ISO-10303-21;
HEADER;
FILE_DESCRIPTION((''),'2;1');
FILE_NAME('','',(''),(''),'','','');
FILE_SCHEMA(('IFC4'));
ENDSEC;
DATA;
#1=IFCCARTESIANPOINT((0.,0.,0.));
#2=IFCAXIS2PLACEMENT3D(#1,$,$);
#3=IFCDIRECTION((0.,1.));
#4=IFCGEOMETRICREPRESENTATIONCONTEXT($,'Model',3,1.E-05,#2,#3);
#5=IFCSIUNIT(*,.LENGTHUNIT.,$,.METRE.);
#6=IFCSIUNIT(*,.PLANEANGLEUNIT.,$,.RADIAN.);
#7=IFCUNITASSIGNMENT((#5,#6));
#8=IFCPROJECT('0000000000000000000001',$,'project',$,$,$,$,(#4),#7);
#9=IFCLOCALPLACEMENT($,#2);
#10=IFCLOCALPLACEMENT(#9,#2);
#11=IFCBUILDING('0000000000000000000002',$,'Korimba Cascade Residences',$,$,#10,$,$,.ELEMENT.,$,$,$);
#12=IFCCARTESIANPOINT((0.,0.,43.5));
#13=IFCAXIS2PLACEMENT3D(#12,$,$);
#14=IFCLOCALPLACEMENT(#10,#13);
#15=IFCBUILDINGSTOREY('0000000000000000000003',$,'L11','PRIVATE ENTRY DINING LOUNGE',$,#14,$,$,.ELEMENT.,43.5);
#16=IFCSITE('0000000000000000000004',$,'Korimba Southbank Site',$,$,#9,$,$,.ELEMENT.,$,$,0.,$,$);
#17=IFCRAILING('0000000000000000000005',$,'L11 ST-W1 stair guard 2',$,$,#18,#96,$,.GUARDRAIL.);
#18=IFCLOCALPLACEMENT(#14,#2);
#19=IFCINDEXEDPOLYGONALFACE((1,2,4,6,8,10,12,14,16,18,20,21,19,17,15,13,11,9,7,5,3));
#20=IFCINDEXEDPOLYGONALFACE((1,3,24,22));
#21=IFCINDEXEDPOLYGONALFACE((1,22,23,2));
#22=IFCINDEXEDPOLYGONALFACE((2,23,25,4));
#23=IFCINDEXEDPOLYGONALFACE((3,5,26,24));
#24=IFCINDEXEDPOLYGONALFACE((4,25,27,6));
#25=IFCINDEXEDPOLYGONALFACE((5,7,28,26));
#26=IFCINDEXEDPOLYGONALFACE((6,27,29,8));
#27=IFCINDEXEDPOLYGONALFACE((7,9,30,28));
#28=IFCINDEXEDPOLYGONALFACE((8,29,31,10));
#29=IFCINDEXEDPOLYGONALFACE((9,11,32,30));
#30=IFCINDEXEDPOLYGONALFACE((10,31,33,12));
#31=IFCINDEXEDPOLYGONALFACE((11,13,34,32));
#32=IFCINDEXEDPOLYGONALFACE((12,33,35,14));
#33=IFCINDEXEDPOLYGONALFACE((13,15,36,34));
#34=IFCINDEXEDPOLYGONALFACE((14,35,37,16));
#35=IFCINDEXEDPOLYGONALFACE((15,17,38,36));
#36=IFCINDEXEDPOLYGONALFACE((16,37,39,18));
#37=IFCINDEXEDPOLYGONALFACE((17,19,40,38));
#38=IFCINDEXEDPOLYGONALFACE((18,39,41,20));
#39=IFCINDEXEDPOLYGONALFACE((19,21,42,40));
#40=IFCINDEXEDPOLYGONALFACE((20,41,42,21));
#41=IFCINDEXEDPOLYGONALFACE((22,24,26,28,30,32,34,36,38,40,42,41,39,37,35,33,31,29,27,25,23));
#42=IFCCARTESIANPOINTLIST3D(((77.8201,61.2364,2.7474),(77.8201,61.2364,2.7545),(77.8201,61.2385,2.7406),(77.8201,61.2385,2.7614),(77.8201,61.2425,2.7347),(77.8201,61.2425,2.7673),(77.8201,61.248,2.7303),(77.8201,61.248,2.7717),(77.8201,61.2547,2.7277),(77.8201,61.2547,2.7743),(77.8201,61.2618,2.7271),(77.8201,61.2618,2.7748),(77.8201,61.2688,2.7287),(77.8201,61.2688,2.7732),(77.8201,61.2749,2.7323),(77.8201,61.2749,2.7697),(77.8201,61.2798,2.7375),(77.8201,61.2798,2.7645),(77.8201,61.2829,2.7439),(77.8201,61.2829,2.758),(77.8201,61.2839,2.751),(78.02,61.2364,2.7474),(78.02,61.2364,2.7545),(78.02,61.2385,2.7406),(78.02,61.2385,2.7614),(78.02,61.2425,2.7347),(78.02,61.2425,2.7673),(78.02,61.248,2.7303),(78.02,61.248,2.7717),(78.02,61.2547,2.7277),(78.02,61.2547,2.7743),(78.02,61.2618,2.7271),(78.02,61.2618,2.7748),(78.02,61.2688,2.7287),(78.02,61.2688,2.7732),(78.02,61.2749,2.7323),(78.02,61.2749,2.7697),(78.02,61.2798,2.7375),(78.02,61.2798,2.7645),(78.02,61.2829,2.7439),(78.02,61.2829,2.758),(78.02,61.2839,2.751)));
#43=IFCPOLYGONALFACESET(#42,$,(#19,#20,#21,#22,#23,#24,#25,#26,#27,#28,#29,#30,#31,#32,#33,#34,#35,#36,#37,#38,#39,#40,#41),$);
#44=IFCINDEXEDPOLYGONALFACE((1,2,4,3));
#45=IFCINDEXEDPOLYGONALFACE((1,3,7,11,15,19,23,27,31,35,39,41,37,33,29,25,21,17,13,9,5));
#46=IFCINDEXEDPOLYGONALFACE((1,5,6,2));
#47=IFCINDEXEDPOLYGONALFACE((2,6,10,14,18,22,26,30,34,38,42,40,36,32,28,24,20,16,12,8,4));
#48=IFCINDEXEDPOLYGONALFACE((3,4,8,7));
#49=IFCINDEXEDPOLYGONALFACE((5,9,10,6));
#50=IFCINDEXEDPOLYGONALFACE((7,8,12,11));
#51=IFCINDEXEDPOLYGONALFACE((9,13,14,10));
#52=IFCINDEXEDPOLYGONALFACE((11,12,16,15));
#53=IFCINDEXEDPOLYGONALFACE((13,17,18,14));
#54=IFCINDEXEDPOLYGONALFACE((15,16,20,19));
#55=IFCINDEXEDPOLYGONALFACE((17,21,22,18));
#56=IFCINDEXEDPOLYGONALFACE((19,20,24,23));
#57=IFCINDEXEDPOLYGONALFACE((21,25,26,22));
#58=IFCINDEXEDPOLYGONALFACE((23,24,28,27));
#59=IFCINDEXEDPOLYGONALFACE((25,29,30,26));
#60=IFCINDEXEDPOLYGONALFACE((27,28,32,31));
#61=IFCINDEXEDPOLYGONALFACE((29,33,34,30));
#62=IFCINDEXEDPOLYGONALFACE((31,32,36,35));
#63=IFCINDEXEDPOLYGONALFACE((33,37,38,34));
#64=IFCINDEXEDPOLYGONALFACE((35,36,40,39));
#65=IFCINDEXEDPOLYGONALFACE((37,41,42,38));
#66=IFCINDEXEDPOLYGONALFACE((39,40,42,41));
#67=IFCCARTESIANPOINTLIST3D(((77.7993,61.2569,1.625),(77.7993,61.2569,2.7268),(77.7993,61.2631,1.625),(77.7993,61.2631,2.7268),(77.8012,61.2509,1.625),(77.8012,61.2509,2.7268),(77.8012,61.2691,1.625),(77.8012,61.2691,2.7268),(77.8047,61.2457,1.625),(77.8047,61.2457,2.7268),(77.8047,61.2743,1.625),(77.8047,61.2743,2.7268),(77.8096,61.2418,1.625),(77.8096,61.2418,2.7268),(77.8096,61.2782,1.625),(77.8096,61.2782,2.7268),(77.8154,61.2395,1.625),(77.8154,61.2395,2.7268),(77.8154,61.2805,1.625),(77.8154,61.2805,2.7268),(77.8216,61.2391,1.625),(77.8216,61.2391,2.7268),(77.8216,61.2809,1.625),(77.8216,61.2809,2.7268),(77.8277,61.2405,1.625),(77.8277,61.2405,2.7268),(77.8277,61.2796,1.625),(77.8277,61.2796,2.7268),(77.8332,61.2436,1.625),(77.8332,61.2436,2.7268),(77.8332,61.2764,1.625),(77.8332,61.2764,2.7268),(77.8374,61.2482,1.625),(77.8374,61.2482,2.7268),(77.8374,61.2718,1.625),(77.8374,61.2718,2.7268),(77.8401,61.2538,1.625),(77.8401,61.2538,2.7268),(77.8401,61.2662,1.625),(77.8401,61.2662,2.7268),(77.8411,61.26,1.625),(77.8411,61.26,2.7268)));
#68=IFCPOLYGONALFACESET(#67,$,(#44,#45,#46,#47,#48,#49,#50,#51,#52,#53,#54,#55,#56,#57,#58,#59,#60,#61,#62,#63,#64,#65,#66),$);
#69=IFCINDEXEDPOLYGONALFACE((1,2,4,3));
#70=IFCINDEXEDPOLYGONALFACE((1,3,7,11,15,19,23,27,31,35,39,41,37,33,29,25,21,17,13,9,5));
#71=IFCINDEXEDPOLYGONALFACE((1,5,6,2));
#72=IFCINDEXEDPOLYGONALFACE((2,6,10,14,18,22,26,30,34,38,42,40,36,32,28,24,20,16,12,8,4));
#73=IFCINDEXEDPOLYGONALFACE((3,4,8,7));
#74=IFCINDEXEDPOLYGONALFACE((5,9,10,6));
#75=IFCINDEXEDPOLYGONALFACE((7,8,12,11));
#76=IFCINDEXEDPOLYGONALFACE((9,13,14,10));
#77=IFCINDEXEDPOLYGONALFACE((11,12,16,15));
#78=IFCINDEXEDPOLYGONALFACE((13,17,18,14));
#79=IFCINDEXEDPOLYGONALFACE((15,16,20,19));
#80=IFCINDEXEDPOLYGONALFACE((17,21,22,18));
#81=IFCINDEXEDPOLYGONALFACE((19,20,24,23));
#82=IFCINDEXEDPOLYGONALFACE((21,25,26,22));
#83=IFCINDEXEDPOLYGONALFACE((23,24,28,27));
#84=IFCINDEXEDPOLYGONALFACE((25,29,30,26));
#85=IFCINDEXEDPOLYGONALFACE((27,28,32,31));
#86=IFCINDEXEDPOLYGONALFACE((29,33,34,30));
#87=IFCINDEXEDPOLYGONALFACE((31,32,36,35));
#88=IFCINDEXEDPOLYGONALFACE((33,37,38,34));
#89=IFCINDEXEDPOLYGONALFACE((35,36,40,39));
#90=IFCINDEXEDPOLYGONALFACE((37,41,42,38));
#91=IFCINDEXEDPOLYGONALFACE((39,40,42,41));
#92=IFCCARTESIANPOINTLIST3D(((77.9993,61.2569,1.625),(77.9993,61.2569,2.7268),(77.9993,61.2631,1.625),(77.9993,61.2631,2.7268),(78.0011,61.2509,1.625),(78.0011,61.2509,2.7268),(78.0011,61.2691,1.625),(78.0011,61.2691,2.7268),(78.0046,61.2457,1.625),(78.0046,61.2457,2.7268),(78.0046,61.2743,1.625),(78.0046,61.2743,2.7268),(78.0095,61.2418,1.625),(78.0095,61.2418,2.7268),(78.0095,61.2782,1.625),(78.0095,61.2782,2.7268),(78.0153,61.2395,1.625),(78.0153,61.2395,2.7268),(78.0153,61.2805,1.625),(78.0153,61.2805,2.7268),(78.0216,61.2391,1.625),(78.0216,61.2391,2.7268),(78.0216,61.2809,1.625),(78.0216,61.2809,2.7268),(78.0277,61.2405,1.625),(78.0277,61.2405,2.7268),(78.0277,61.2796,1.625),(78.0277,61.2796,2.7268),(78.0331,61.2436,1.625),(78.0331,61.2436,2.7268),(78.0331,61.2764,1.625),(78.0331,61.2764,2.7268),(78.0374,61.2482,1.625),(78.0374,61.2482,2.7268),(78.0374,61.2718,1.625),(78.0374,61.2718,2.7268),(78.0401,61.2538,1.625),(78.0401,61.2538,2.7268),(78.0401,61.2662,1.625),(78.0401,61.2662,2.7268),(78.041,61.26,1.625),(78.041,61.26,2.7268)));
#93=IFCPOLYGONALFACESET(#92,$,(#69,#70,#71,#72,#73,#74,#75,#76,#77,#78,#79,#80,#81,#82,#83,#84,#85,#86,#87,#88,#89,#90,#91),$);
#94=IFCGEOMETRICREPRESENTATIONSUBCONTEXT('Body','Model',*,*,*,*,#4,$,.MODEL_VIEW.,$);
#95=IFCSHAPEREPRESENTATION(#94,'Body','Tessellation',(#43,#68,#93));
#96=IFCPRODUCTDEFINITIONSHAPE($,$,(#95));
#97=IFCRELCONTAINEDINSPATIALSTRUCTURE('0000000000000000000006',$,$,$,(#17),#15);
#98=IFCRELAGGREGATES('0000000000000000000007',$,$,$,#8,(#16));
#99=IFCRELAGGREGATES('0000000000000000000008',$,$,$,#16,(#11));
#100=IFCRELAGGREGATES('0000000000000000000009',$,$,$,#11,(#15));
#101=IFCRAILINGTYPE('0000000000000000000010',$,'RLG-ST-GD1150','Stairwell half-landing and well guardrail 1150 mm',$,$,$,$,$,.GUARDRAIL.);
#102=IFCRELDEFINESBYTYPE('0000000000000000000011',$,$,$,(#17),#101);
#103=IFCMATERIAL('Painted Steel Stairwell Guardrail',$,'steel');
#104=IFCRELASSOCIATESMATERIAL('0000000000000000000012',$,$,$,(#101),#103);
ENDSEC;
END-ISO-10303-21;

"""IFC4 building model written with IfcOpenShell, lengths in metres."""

from ifc_helpers import new_model, si_unit, direction, frame, origin, origin_2d, place, context, subcontext, project, spatial, circle, extrude, material, type_object, element, save


model = new_model("IFC4")

# Units and contexts
model_context = context("Model", 3, precision=1e-05, world=origin(), true_north=direction((0.0, 1.0)))
body_context = subcontext(model_context, "Body", "Model", "MODEL_VIEW")
ifc_project = project(units=[si_unit("LENGTHUNIT", "METRE"), si_unit("PLANEANGLEUNIT", "RADIAN")], contexts=[model_context])

# Site, building, storey
site_placement = place(None, origin())
site = spatial("IfcSite", under=ifc_project, at=site_placement, Name="Korimba Southbank Site", CompositionType="ELEMENT", RefElevation=0.0)
building_placement = place(site_placement, origin())
building = spatial("IfcBuilding", under=site, at=building_placement, Name="Korimba Cascade Residences", CompositionType="ELEMENT")
storey_placement = place(building_placement, frame((0.0, 0.0, 43.5)))
storey = spatial("IfcBuildingStorey", under=building, at=storey_placement, Name="L11", Description="PRIVATE ENTRY DINING LOUNGE", CompositionType="ELEMENT", Elevation=43.5)

# Railing
ifc_material_1 = material(Name="Painted Steel Stairwell Guardrail", Category="steel")
railing_type_1 = type_object("IfcRailingType", Name="RLG-ST-GD1150", Description="Stairwell half-landing and well guardrail 1150 mm", PredefinedType="GUARDRAIL", material=ifc_material_1)
railing_1_placement = place(storey_placement, frame((77.8201, 61.26, 1.625)))
element("IfcRailing", 1, at=railing_1_placement, inside=storey, type_object=railing_type_1, Name="L11 ST-W1 stair guard 2", PredefinedType="GUARDRAIL", context=body_context, shape_type="SweptSolid", body=[
    extrude(circle(Radius=0.0239, at=origin_2d()), frame((0.0, 0.0, 1.126), z_axis=(1.0, 0.0, 0.0), x_axis=(0.0, 1.0, 0.0)), (0.0, 0.0, 1.0), 0.2),
    extrude(circle(Radius=0.021, at=origin_2d()), origin(), (0.0, 0.0, 1.0), 1.1018),
    extrude(circle(Radius=0.021, at=origin_2d()), frame((0.2, 0.0, 0.0)), (0.0, 0.0, 1.0), 1.1018),
])

save(model, "model.ifc")
